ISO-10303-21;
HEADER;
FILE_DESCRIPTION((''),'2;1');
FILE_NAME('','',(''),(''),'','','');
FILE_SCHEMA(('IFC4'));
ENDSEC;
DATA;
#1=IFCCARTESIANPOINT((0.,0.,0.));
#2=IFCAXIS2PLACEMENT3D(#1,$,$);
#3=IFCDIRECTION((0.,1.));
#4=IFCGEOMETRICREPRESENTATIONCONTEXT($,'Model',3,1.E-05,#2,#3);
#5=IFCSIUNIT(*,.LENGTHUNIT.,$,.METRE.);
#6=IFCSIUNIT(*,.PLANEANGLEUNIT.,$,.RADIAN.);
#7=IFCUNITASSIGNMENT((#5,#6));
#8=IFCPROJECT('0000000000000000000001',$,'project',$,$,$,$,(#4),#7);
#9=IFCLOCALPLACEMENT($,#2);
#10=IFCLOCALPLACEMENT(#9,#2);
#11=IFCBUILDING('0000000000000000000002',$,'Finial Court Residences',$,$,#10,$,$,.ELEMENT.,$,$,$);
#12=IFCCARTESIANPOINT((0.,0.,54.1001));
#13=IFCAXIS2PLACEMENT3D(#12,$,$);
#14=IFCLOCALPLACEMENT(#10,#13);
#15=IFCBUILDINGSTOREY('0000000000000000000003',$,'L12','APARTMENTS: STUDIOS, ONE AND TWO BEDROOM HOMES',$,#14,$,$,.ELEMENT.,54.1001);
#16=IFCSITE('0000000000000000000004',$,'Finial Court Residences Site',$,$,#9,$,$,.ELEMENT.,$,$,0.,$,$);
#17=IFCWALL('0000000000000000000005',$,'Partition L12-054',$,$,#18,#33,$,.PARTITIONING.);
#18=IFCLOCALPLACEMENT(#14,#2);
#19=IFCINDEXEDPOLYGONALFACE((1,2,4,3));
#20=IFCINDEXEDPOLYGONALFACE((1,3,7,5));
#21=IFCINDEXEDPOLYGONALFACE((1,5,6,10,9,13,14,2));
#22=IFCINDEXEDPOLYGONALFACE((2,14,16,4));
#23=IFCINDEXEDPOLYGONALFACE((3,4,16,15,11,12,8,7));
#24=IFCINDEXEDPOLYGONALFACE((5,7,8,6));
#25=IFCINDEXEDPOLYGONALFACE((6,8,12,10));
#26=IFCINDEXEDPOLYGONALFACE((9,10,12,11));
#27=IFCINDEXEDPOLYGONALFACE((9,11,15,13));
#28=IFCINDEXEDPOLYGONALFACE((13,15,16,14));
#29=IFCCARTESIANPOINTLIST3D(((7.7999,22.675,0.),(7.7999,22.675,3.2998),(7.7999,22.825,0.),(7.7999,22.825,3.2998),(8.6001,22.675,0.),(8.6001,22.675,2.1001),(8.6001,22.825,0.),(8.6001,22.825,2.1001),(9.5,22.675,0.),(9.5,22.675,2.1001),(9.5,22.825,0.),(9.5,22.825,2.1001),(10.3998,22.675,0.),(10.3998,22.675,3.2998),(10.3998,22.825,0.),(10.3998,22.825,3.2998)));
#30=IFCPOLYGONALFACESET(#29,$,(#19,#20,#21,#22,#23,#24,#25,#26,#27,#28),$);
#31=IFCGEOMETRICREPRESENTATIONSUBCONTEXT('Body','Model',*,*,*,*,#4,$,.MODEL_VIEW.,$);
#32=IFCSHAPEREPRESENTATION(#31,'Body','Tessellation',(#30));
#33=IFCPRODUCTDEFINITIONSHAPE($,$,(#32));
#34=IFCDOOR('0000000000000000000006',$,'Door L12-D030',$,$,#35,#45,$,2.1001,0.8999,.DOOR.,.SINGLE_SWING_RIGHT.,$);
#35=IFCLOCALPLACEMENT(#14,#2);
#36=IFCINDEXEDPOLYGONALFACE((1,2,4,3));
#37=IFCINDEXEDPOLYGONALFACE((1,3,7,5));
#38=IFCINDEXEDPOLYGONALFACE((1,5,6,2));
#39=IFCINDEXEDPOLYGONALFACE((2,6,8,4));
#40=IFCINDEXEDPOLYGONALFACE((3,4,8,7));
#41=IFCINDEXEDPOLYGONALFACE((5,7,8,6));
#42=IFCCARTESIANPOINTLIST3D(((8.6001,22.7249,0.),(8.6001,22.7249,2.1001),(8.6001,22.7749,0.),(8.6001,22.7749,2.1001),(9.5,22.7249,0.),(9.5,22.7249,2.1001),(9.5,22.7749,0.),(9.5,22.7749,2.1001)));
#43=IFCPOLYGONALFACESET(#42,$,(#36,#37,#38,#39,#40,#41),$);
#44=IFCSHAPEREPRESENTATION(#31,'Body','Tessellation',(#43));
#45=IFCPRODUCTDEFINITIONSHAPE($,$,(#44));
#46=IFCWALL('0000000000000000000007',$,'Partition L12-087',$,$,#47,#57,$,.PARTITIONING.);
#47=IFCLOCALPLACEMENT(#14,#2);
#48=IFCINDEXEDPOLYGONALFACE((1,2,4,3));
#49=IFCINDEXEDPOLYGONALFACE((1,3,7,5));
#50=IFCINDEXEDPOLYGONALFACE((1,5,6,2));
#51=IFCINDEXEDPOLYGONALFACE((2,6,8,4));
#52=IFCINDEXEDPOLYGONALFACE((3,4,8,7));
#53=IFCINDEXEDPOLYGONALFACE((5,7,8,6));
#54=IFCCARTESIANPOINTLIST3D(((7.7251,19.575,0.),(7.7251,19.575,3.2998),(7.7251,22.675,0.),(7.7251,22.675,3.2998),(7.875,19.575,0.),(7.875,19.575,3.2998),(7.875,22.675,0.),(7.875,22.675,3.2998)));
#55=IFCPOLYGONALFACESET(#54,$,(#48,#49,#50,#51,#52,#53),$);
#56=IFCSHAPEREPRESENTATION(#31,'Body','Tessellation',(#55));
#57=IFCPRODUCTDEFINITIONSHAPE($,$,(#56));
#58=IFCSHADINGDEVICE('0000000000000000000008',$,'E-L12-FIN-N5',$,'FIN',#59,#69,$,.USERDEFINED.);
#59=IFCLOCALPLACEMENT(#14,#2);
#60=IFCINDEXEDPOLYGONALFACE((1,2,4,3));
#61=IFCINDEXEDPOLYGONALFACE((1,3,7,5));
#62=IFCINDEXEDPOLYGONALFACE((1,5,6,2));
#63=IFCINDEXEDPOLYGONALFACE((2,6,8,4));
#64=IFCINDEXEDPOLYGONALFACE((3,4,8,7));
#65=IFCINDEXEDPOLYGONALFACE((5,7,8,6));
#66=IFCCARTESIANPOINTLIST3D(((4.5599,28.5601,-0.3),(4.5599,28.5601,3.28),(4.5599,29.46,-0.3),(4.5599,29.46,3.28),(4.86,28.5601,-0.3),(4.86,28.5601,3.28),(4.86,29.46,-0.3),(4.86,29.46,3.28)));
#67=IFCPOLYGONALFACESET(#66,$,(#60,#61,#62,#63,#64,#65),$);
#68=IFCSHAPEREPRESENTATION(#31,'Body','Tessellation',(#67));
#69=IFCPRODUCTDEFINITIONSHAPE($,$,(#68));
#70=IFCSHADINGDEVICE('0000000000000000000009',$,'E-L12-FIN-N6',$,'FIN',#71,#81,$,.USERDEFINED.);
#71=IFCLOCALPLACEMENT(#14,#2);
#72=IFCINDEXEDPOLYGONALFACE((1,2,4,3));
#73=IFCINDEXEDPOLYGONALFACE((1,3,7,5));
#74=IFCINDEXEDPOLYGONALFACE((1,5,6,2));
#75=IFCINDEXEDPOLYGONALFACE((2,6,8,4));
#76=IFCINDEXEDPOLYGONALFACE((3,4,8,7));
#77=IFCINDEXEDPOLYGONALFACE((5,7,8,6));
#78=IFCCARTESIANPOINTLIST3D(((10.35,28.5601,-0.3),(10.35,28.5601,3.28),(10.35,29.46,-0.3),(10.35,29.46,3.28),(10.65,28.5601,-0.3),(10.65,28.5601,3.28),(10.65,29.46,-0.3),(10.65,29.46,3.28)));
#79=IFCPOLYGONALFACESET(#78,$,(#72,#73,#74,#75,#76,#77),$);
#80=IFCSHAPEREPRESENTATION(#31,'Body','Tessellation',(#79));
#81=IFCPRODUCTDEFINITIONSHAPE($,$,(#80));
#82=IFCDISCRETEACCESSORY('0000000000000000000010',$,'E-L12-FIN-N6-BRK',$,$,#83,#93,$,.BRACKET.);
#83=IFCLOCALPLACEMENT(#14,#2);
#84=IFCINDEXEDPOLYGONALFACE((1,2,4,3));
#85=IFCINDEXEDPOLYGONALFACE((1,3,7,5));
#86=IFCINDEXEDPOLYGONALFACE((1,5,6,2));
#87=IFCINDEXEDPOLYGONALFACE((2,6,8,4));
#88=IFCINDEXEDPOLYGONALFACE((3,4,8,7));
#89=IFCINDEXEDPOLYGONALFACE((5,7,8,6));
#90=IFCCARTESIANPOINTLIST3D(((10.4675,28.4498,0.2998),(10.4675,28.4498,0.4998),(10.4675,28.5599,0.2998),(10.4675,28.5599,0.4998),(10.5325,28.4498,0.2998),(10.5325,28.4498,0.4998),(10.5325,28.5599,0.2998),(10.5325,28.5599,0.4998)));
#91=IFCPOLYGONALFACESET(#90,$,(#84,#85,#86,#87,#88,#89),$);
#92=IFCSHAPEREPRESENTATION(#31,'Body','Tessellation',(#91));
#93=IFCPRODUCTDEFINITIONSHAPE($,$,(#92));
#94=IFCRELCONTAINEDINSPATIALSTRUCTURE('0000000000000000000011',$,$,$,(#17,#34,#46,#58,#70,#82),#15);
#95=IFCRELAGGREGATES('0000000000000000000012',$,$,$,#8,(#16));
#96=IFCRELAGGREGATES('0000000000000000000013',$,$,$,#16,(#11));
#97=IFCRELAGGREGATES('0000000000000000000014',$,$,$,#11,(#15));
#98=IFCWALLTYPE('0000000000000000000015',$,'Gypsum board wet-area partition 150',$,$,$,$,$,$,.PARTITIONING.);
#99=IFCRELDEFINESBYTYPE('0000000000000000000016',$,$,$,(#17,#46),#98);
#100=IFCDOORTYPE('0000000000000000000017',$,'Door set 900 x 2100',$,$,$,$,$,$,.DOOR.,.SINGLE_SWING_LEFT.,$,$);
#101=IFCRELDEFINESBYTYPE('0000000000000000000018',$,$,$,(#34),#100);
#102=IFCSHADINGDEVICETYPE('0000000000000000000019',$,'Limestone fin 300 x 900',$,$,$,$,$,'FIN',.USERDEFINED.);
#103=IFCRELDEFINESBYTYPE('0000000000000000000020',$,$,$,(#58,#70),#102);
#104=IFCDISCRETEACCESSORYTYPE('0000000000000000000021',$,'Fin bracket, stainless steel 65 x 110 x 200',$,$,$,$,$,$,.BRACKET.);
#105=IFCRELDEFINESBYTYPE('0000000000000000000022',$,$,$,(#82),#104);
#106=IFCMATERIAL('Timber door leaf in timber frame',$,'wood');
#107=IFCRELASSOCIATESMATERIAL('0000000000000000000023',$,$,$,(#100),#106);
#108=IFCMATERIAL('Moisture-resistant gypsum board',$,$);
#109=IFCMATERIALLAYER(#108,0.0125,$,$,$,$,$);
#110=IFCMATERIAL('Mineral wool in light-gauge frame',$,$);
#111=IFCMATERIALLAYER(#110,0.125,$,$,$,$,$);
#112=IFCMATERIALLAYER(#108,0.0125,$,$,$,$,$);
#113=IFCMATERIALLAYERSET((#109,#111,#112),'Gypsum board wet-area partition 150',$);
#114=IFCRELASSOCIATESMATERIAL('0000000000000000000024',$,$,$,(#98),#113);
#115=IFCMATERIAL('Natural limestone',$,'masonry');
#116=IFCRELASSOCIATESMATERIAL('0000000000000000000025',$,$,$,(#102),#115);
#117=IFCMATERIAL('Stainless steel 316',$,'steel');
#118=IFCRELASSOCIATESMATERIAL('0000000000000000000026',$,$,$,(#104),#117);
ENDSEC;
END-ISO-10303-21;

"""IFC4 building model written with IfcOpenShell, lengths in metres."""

from ifc_helpers import new_model, si_unit, direction, frame, frame_2d, origin, origin_2d, place, context, subcontext, project, spatial, rectangle, extrude, material, layer, layer_set, type_object, element, fill, save


model = new_model("IFC4")

# Units and contexts
model_context = context("Model", 3, precision=1e-05, world=origin(), true_north=direction((0.0, 1.0)))
body_context = subcontext(model_context, "Body", "Model", "MODEL_VIEW")
ifc_project = project(units=[si_unit("LENGTHUNIT", "METRE"), si_unit("PLANEANGLEUNIT", "RADIAN")], contexts=[model_context])

# Site, building, storey
site_placement = place(None, origin())
site = spatial("IfcSite", under=ifc_project, at=site_placement, Name="Finial Court Residences Site", CompositionType="ELEMENT", RefElevation=0.0)
building_placement = place(site_placement, origin())
building = spatial("IfcBuilding", under=site, at=building_placement, Name="Finial Court Residences", CompositionType="ELEMENT")
storey_placement = place(building_placement, frame((0.0, 0.0, 54.1001)))
storey = spatial("IfcBuildingStorey", under=building, at=storey_placement, Name="L12", Description="APARTMENTS: STUDIOS, ONE AND TWO BEDROOM HOMES", CompositionType="ELEMENT", Elevation=54.1001)

# Shared definitions
ifc_material_1 = material(Name="Mineral wool in light-gauge frame")
ifc_material_2 = material(Name="Timber door leaf in timber frame", Category="wood")
door_type = type_object("IfcDoorType", Name="Door set 900 x 2100", OperationType="SINGLE_SWING_LEFT", PredefinedType="DOOR", material=ifc_material_2)

# Shared definitions
ifc_material_3 = material(Name="Moisture-resistant gypsum board")
ifc_layer_1 = layer(ifc_material_3, 0.0125)
ifc_layer_2 = layer(ifc_material_1, 0.125)
ifc_layer_3 = layer(ifc_material_3, 0.0125)
ifc_layer_set_1 = layer_set([ifc_layer_1, ifc_layer_2, ifc_layer_3], Name="Gypsum board wet-area partition 150")
wall_type_1 = type_object("IfcWallType", Name="Gypsum board wet-area partition 150", PredefinedType="PARTITIONING", material=ifc_layer_set_1)

# Wall, opening, door
wall_1_placement = place(storey_placement, frame((7.8, 22.75, 0.0), z_axis=(0.0, 0.0, 1.0), x_axis=(1.0, 0.0, 0.0)))
wall_1 = element("IfcWall", 1, at=wall_1_placement, inside=storey, type_object=wall_type_1, Name="Partition L12-054", PredefinedType="PARTITIONING", context=body_context, shape_type="SweptSolid", body=[
    extrude(rectangle(XDim=2.5999, YDim=0.1499, at=frame_2d((1.2998, 0.0))), origin(), (0.0, 0.0, 1.0), 3.2998),
])
opening_1_placement = place(wall_1_placement, frame((0.8, 0.0, 0.0)))
opening_1 = element("IfcOpeningElement", 2, at=opening_1_placement, cuts=wall_1, PredefinedType="OPENING", context=body_context, shape_type="SweptSolid", body=[
    extrude(rectangle(XDim=0.8999, YDim=2.1001, at=frame_2d((0.45, 1.05))), frame((0.0, 0.085, 0.0), z_axis=(0.0, -1.0, 0.0), x_axis=(1.0, 0.0, 0.0)), (0.0, 0.0, 1.0), 0.1699),
])
door_1_placement = place(opening_1_placement, origin())
door_1 = element("IfcDoor", 3, at=door_1_placement, inside=storey, type_object=door_type, Name="Door L12-D030", OperationType="SINGLE_SWING_RIGHT", OverallHeight=2.1001, OverallWidth=0.8999, PredefinedType="DOOR", context=body_context, shape_type="SweptSolid", body=[
    extrude(rectangle(XDim=0.8999, YDim=2.1001, at=frame_2d((0.45, 1.05))), frame((0.0, 0.0249, 0.0), z_axis=(0.0, -1.0, 0.0), x_axis=(1.0, 0.0, 0.0)), (0.0, 0.0, 1.0), 0.05),
])
fill(opening_1, door_1)

# Wall
wall_2_placement = place(storey_placement, frame((7.8, 19.575, 0.0), z_axis=(0.0, 0.0, 1.0), x_axis=(0.0, 1.0, 0.0)))
element("IfcWall", 4, at=wall_2_placement, inside=storey, type_object=wall_type_1, Name="Partition L12-087", PredefinedType="PARTITIONING", context=body_context, shape_type="SweptSolid", body=[
    extrude(rectangle(XDim=3.1001, YDim=0.1499, at=frame_2d((1.55, 0.0))), origin(), (0.0, 0.0, 1.0), 3.2998),
])

# Shading devices
ifc_material_4 = material(Name="Natural limestone", Category="masonry")
shading_device_type = type_object("IfcShadingDeviceType", Name="Limestone fin 300 x 900", ElementType="FIN", PredefinedType="USERDEFINED", material=ifc_material_4)
for number, where, z_axis, x_axis, name in (
    (5, (4.71, 29.01, -0.3), (0.0, 0.0, 1.0), (1.0, 0.0, 0.0), "E-L12-FIN-N5"),
    (6, (10.5, 29.01, -0.3), (0.0, 0.0, 1.0), (1.0, 0.0, 0.0), "E-L12-FIN-N6"),
):
    element("IfcShadingDevice", number, at=place(storey_placement, frame(where, z_axis=z_axis, x_axis=x_axis)), inside=storey, type_object=shading_device_type, Name=name, ObjectType="FIN", PredefinedType="USERDEFINED", context=body_context, shape_type="SweptSolid", body=[
        extrude(rectangle(XDim=0.3, YDim=0.8999, at=origin_2d()), origin(), (0.0, 0.0, 1.0), 3.5801),
    ])

# Discrete accessory
ifc_material_5 = material(Name="Stainless steel 316", Category="steel")
discrete_accessory_type = type_object("IfcDiscreteAccessoryType", Name="Fin bracket, stainless steel 65 x 110 x 200", PredefinedType="BRACKET", material=ifc_material_5)
discrete_accessory_placement = place(storey_placement, frame((10.5, 28.5049, 0.2998), z_axis=(0.0, 0.0, 1.0), x_axis=(1.0, 0.0, 0.0)))
element("IfcDiscreteAccessory", 7, at=discrete_accessory_placement, inside=storey, type_object=discrete_accessory_type, Name="E-L12-FIN-N6-BRK", PredefinedType="BRACKET", context=body_context, shape_type="SweptSolid", body=[
    extrude(rectangle(XDim=0.0649, YDim=0.1101, at=origin_2d()), origin(), (0.0, 0.0, 1.0), 0.2),
])

save(model, "model.ifc")
